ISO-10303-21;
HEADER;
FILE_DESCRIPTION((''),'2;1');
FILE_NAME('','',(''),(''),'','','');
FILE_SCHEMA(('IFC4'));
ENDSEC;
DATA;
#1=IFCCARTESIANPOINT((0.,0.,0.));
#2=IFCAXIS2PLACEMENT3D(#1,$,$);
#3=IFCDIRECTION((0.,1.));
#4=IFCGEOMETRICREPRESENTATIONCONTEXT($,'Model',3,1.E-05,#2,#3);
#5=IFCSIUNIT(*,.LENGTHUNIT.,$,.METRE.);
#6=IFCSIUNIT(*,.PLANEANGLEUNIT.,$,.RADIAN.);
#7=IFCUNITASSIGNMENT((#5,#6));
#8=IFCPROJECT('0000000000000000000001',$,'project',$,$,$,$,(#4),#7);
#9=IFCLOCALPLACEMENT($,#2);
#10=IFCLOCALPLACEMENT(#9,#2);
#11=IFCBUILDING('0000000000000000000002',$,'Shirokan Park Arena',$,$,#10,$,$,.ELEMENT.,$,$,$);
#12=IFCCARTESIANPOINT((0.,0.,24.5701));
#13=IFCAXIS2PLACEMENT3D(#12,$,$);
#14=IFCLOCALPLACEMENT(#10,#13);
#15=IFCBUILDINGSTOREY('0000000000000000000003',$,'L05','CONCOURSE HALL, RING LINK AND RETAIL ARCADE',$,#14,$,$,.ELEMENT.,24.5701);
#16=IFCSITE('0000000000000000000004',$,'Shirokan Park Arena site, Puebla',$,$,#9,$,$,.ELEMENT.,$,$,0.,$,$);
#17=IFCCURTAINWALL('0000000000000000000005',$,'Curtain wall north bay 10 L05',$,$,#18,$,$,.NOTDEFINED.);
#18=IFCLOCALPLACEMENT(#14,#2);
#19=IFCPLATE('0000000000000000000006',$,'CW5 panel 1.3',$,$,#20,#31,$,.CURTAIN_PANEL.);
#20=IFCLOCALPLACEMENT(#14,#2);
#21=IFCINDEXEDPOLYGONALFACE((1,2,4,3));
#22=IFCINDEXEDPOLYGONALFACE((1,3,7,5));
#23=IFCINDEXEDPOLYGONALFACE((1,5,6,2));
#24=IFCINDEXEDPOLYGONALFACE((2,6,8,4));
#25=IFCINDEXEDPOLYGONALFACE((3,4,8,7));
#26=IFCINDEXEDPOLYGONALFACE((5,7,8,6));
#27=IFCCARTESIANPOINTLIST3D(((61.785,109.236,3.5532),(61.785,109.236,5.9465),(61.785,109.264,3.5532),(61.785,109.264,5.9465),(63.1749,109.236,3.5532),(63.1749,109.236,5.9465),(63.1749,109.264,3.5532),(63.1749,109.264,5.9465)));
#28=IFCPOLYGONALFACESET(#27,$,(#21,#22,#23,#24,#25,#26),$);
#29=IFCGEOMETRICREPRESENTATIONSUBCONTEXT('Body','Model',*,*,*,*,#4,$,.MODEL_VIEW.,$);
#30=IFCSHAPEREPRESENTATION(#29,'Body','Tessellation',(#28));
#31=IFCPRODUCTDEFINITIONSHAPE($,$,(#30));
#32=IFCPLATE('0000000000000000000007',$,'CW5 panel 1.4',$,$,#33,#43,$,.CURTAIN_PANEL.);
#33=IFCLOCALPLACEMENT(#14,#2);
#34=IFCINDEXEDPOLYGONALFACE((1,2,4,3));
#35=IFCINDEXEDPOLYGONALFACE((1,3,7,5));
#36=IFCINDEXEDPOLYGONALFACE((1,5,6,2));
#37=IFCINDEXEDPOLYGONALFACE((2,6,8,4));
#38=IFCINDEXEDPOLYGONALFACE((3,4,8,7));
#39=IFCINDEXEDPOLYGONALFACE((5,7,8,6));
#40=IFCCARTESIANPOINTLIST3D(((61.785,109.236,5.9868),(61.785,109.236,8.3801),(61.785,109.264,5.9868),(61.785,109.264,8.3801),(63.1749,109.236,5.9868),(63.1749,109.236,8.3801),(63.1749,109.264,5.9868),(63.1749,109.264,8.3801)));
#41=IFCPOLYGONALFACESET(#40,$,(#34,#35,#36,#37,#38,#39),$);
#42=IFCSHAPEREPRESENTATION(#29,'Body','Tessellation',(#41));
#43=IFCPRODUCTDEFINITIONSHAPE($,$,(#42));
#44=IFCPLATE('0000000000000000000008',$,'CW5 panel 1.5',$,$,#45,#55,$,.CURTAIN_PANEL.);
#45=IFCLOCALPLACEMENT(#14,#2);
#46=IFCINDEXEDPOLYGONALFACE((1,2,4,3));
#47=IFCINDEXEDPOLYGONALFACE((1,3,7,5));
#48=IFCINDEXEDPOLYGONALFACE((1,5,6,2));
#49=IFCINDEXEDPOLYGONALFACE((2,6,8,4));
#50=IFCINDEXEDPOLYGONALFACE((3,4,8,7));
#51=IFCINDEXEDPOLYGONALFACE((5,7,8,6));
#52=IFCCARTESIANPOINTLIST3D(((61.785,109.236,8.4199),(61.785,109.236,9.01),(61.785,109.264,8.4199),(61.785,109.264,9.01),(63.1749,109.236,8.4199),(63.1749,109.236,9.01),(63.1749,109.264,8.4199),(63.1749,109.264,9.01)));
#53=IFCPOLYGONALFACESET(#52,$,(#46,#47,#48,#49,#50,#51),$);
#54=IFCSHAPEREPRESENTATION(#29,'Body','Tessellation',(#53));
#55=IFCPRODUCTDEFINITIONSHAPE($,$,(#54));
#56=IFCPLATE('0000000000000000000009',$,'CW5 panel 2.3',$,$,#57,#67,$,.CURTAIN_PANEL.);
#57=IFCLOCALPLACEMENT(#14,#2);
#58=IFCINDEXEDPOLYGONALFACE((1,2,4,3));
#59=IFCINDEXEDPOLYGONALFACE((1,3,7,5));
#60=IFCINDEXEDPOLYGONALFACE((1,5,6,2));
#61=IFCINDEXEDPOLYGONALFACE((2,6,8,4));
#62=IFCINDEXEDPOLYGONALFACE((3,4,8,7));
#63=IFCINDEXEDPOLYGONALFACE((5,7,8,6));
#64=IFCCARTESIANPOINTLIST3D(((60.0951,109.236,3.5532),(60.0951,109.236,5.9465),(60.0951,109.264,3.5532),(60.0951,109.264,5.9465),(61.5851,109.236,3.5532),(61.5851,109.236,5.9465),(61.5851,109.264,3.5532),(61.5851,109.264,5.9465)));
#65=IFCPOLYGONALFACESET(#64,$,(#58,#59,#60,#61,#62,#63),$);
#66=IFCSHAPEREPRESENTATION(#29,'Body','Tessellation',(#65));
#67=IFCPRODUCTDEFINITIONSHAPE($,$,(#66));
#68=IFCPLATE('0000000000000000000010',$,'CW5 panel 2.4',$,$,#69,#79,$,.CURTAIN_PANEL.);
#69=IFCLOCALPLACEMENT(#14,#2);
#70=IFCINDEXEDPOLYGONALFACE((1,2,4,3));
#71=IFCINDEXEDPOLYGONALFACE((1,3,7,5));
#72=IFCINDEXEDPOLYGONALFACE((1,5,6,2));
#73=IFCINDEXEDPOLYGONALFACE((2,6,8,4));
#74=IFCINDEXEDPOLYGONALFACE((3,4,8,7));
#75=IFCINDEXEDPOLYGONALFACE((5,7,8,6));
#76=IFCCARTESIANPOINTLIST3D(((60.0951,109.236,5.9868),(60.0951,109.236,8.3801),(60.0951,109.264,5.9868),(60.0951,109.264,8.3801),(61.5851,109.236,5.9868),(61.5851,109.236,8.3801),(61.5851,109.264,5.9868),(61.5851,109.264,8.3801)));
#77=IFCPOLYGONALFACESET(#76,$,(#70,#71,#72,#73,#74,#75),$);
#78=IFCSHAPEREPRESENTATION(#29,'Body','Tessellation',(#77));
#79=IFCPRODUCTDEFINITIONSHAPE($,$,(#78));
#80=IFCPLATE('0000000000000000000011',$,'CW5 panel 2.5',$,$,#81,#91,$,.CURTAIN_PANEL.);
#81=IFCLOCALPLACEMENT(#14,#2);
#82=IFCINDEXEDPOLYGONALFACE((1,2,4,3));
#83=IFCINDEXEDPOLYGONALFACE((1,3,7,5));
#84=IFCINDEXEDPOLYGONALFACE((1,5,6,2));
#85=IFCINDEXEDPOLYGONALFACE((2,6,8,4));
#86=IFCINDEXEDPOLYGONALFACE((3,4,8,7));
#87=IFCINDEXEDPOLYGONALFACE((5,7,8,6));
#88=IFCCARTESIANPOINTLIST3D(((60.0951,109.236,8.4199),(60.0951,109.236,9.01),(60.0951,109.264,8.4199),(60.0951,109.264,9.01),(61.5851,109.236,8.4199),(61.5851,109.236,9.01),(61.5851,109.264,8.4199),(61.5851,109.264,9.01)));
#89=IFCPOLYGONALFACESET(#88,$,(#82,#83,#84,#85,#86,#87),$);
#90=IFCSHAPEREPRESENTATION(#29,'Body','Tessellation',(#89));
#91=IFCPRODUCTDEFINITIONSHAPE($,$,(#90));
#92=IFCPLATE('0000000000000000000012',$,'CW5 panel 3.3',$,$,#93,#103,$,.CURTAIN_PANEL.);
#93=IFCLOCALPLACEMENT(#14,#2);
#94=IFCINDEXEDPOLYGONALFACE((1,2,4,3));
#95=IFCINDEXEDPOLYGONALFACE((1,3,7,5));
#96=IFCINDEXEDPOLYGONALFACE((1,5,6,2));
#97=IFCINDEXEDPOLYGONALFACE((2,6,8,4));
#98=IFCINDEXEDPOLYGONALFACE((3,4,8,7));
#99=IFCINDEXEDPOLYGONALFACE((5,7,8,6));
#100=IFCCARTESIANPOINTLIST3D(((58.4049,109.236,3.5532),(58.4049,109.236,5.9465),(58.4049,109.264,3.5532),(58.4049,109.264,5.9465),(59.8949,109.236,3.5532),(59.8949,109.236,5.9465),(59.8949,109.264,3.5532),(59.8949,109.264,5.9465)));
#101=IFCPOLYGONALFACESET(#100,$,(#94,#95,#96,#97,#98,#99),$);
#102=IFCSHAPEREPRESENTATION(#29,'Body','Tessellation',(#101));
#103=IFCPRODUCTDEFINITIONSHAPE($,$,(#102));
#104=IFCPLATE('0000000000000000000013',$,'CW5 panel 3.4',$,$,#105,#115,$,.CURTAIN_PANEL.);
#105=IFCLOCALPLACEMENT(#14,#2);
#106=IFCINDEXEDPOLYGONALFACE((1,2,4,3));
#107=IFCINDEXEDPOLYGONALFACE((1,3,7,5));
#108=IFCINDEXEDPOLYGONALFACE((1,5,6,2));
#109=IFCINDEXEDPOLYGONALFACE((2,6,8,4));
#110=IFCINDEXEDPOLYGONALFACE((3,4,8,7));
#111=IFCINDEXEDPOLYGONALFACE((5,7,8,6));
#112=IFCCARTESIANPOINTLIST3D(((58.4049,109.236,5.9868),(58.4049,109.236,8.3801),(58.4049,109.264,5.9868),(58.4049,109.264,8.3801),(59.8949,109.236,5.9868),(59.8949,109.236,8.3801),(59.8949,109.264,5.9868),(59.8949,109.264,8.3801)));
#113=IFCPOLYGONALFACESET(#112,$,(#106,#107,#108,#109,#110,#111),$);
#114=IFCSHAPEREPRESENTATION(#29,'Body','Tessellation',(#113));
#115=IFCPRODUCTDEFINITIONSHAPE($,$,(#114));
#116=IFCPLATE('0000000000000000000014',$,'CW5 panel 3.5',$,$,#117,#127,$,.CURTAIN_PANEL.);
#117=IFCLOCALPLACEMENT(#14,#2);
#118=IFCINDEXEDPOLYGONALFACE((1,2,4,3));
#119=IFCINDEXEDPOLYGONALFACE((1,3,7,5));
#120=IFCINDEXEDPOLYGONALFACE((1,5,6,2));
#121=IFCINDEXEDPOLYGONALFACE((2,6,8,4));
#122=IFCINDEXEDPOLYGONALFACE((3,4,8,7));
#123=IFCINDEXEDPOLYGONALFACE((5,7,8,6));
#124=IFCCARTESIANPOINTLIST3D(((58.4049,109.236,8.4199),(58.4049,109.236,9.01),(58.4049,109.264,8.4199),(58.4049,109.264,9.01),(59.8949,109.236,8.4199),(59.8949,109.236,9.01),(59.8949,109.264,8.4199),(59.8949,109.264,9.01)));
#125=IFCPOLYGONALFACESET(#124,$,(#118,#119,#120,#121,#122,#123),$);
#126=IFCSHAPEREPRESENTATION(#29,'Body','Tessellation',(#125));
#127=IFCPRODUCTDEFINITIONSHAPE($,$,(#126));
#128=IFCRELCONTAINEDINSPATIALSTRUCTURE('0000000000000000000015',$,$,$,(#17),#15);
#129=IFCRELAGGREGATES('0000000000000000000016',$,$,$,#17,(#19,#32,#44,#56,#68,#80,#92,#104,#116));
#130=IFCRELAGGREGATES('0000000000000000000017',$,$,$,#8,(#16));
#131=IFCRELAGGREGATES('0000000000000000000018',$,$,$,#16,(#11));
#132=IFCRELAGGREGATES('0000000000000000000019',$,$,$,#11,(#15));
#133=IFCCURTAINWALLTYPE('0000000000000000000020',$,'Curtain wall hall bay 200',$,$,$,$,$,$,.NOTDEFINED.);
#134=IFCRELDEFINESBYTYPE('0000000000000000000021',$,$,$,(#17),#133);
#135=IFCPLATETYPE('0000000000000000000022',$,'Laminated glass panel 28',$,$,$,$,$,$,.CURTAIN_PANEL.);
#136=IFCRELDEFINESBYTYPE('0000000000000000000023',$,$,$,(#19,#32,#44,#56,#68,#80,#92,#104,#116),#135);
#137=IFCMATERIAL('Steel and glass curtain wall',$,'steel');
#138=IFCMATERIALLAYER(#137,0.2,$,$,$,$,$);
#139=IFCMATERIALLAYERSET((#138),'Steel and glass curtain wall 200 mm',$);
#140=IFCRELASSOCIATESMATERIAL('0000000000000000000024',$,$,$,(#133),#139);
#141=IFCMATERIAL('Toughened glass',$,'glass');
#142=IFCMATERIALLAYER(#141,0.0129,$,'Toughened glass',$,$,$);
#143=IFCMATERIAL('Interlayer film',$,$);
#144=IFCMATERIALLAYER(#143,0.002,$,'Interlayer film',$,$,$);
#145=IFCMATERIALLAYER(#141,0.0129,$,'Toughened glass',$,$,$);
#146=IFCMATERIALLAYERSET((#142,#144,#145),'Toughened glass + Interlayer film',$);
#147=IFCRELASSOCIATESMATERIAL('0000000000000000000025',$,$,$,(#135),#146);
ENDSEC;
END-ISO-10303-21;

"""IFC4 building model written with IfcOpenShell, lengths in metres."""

from ifc_helpers import new_model, si_unit, direction, frame, origin, origin_2d, place, context, subcontext, project, spatial, rectangle, extrude, material, layer, layer_set, type_object, element, aggregate, save


model = new_model("IFC4")

# Units and contexts
model_context = context("Model", 3, precision=1e-05, world=origin(), true_north=direction((0.0, 1.0)))
body_context = subcontext(model_context, "Body", "Model", "MODEL_VIEW")
ifc_project = project(units=[si_unit("LENGTHUNIT", "METRE"), si_unit("PLANEANGLEUNIT", "RADIAN")], contexts=[model_context])

# Site, building, storey
site_placement = place(None, origin())
site = spatial("IfcSite", under=ifc_project, at=site_placement, Name="Shirokan Park Arena site, Puebla", CompositionType="ELEMENT", RefElevation=0.0)
building_placement = place(site_placement, origin())
building = spatial("IfcBuilding", under=site, at=building_placement, Name="Shirokan Park Arena", CompositionType="ELEMENT")
storey_placement = place(building_placement, frame((0.0, 0.0, 24.5701)))
storey = spatial("IfcBuildingStorey", under=building, at=storey_placement, Name="L05", Description="CONCOURSE HALL, RING LINK AND RETAIL ARCADE", CompositionType="ELEMENT", Elevation=24.5701)

# Curtain wall, plates
ifc_material_1 = material(Name="Steel and glass curtain wall", Category="steel")
ifc_layer_1 = layer(ifc_material_1, 0.2)
ifc_layer_set_1 = layer_set([ifc_layer_1], Name="Steel and glass curtain wall 200 mm")
curtain_wall_type = type_object("IfcCurtainWallType", Name="Curtain wall hall bay 200", PredefinedType="NOTDEFINED", material=ifc_layer_set_1)
curtain_wall_placement = place(storey_placement, origin())
curtain_wall = element("IfcCurtainWall", 1, at=curtain_wall_placement, inside=storey, type_object=curtain_wall_type, Name="Curtain wall north bay 10 L05", PredefinedType="NOTDEFINED")
ifc_material_2 = material(Name="Toughened glass", Category="glass")
ifc_layer_2 = layer(ifc_material_2, 0.0129, Name="Toughened glass")
ifc_material_3 = material(Name="Interlayer film")
ifc_layer_3 = layer(ifc_material_3, 0.002, Name="Interlayer film")
ifc_layer_4 = layer(ifc_material_2, 0.0129, Name="Toughened glass")
ifc_layer_set_2 = layer_set([ifc_layer_2, ifc_layer_3, ifc_layer_4], Name="Toughened glass + Interlayer film")
plate_type = type_object("IfcPlateType", Name="Laminated glass panel 28", PredefinedType="CURTAIN_PANEL", material=ifc_layer_set_2)
plate_1_placement = place(storey_placement, frame((62.48, 109.25, 3.5532), z_axis=(0.0, 0.0, 1.0), x_axis=(-1.0, 0.0, 0.0)))
plate_1 = element("IfcPlate", 2, at=plate_1_placement, type_object=plate_type, Name="CW5 panel 1.3", PredefinedType="CURTAIN_PANEL", context=body_context, shape_type="SweptSolid", body=[
    extrude(rectangle(XDim=1.3899, YDim=0.0281, at=origin_2d()), origin(), (0.0, 0.0, 1.0), 2.3933),
])
plate_2_placement = place(storey_placement, frame((62.48, 109.25, 5.9868), z_axis=(0.0, 0.0, 1.0), x_axis=(-1.0, 0.0, 0.0)))
plate_2 = element("IfcPlate", 3, at=plate_2_placement, type_object=plate_type, Name="CW5 panel 1.4", PredefinedType="CURTAIN_PANEL", context=body_context, shape_type="SweptSolid", body=[
    extrude(rectangle(XDim=1.3899, YDim=0.0281, at=origin_2d()), origin(), (0.0, 0.0, 1.0), 2.3933),
])
plate_3_placement = place(storey_placement, frame((62.48, 109.25, 8.4199), z_axis=(0.0, 0.0, 1.0), x_axis=(-1.0, 0.0, 0.0)))
plate_3 = element("IfcPlate", 4, at=plate_3_placement, type_object=plate_type, Name="CW5 panel 1.5", PredefinedType="CURTAIN_PANEL", context=body_context, shape_type="SweptSolid", body=[
    extrude(rectangle(XDim=1.3899, YDim=0.0281, at=origin_2d()), origin(), (0.0, 0.0, 1.0), 0.5901),
])
plate_4_placement = place(storey_placement, frame((60.8401, 109.25, 3.5532), z_axis=(0.0, 0.0, 1.0), x_axis=(-1.0, 0.0, 0.0)))
plate_4 = element("IfcPlate", 5, at=plate_4_placement, type_object=plate_type, Name="CW5 panel 2.3", PredefinedType="CURTAIN_PANEL", context=body_context, shape_type="SweptSolid", body=[
    extrude(rectangle(XDim=1.49, YDim=0.0281, at=origin_2d()), origin(), (0.0, 0.0, 1.0), 2.3933),
])
plate_5_placement = place(storey_placement, frame((60.8401, 109.25, 5.9868), z_axis=(0.0, 0.0, 1.0), x_axis=(-1.0, 0.0, 0.0)))
plate_5 = element("IfcPlate", 6, at=plate_5_placement, type_object=plate_type, Name="CW5 panel 2.4", PredefinedType="CURTAIN_PANEL", context=body_context, shape_type="SweptSolid", body=[
    extrude(rectangle(XDim=1.49, YDim=0.0281, at=origin_2d()), origin(), (0.0, 0.0, 1.0), 2.3933),
])
plate_6_placement = place(storey_placement, frame((60.8401, 109.25, 8.4199), z_axis=(0.0, 0.0, 1.0), x_axis=(-1.0, 0.0, 0.0)))
plate_6 = element("IfcPlate", 7, at=plate_6_placement, type_object=plate_type, Name="CW5 panel 2.5", PredefinedType="CURTAIN_PANEL", context=body_context, shape_type="SweptSolid", body=[
    extrude(rectangle(XDim=1.49, YDim=0.0281, at=origin_2d()), origin(), (0.0, 0.0, 1.0), 0.5901),
])
plate_7_placement = place(storey_placement, frame((59.1499, 109.25, 3.5532), z_axis=(0.0, 0.0, 1.0), x_axis=(-1.0, 0.0, 0.0)))
plate_7 = element("IfcPlate", 8, at=plate_7_placement, type_object=plate_type, Name="CW5 panel 3.3", PredefinedType="CURTAIN_PANEL", context=body_context, shape_type="SweptSolid", body=[
    extrude(rectangle(XDim=1.49, YDim=0.0281, at=origin_2d()), origin(), (0.0, 0.0, 1.0), 2.3933),
])
plate_8_placement = place(storey_placement, frame((59.1499, 109.25, 5.9868), z_axis=(0.0, 0.0, 1.0), x_axis=(-1.0, 0.0, 0.0)))
plate_8 = element("IfcPlate", 9, at=plate_8_placement, type_object=plate_type, Name="CW5 panel 3.4", PredefinedType="CURTAIN_PANEL", context=body_context, shape_type="SweptSolid", body=[
    extrude(rectangle(XDim=1.49, YDim=0.0281, at=origin_2d()), origin(), (0.0, 0.0, 1.0), 2.3933),
])
plate_9_placement = place(storey_placement, frame((59.1499, 109.25, 8.4199), z_axis=(0.0, 0.0, 1.0), x_axis=(-1.0, 0.0, 0.0)))
plate_9 = element("IfcPlate", 10, at=plate_9_placement, type_object=plate_type, Name="CW5 panel 3.5", PredefinedType="CURTAIN_PANEL", context=body_context, shape_type="SweptSolid", body=[
    extrude(rectangle(XDim=1.49, YDim=0.0281, at=origin_2d()), origin(), (0.0, 0.0, 1.0), 0.5901),
])
aggregate(curtain_wall, [plate_1, plate_2, plate_3, plate_4, plate_5, plate_6, plate_7, plate_8, plate_9])

save(model, "model.ifc")
